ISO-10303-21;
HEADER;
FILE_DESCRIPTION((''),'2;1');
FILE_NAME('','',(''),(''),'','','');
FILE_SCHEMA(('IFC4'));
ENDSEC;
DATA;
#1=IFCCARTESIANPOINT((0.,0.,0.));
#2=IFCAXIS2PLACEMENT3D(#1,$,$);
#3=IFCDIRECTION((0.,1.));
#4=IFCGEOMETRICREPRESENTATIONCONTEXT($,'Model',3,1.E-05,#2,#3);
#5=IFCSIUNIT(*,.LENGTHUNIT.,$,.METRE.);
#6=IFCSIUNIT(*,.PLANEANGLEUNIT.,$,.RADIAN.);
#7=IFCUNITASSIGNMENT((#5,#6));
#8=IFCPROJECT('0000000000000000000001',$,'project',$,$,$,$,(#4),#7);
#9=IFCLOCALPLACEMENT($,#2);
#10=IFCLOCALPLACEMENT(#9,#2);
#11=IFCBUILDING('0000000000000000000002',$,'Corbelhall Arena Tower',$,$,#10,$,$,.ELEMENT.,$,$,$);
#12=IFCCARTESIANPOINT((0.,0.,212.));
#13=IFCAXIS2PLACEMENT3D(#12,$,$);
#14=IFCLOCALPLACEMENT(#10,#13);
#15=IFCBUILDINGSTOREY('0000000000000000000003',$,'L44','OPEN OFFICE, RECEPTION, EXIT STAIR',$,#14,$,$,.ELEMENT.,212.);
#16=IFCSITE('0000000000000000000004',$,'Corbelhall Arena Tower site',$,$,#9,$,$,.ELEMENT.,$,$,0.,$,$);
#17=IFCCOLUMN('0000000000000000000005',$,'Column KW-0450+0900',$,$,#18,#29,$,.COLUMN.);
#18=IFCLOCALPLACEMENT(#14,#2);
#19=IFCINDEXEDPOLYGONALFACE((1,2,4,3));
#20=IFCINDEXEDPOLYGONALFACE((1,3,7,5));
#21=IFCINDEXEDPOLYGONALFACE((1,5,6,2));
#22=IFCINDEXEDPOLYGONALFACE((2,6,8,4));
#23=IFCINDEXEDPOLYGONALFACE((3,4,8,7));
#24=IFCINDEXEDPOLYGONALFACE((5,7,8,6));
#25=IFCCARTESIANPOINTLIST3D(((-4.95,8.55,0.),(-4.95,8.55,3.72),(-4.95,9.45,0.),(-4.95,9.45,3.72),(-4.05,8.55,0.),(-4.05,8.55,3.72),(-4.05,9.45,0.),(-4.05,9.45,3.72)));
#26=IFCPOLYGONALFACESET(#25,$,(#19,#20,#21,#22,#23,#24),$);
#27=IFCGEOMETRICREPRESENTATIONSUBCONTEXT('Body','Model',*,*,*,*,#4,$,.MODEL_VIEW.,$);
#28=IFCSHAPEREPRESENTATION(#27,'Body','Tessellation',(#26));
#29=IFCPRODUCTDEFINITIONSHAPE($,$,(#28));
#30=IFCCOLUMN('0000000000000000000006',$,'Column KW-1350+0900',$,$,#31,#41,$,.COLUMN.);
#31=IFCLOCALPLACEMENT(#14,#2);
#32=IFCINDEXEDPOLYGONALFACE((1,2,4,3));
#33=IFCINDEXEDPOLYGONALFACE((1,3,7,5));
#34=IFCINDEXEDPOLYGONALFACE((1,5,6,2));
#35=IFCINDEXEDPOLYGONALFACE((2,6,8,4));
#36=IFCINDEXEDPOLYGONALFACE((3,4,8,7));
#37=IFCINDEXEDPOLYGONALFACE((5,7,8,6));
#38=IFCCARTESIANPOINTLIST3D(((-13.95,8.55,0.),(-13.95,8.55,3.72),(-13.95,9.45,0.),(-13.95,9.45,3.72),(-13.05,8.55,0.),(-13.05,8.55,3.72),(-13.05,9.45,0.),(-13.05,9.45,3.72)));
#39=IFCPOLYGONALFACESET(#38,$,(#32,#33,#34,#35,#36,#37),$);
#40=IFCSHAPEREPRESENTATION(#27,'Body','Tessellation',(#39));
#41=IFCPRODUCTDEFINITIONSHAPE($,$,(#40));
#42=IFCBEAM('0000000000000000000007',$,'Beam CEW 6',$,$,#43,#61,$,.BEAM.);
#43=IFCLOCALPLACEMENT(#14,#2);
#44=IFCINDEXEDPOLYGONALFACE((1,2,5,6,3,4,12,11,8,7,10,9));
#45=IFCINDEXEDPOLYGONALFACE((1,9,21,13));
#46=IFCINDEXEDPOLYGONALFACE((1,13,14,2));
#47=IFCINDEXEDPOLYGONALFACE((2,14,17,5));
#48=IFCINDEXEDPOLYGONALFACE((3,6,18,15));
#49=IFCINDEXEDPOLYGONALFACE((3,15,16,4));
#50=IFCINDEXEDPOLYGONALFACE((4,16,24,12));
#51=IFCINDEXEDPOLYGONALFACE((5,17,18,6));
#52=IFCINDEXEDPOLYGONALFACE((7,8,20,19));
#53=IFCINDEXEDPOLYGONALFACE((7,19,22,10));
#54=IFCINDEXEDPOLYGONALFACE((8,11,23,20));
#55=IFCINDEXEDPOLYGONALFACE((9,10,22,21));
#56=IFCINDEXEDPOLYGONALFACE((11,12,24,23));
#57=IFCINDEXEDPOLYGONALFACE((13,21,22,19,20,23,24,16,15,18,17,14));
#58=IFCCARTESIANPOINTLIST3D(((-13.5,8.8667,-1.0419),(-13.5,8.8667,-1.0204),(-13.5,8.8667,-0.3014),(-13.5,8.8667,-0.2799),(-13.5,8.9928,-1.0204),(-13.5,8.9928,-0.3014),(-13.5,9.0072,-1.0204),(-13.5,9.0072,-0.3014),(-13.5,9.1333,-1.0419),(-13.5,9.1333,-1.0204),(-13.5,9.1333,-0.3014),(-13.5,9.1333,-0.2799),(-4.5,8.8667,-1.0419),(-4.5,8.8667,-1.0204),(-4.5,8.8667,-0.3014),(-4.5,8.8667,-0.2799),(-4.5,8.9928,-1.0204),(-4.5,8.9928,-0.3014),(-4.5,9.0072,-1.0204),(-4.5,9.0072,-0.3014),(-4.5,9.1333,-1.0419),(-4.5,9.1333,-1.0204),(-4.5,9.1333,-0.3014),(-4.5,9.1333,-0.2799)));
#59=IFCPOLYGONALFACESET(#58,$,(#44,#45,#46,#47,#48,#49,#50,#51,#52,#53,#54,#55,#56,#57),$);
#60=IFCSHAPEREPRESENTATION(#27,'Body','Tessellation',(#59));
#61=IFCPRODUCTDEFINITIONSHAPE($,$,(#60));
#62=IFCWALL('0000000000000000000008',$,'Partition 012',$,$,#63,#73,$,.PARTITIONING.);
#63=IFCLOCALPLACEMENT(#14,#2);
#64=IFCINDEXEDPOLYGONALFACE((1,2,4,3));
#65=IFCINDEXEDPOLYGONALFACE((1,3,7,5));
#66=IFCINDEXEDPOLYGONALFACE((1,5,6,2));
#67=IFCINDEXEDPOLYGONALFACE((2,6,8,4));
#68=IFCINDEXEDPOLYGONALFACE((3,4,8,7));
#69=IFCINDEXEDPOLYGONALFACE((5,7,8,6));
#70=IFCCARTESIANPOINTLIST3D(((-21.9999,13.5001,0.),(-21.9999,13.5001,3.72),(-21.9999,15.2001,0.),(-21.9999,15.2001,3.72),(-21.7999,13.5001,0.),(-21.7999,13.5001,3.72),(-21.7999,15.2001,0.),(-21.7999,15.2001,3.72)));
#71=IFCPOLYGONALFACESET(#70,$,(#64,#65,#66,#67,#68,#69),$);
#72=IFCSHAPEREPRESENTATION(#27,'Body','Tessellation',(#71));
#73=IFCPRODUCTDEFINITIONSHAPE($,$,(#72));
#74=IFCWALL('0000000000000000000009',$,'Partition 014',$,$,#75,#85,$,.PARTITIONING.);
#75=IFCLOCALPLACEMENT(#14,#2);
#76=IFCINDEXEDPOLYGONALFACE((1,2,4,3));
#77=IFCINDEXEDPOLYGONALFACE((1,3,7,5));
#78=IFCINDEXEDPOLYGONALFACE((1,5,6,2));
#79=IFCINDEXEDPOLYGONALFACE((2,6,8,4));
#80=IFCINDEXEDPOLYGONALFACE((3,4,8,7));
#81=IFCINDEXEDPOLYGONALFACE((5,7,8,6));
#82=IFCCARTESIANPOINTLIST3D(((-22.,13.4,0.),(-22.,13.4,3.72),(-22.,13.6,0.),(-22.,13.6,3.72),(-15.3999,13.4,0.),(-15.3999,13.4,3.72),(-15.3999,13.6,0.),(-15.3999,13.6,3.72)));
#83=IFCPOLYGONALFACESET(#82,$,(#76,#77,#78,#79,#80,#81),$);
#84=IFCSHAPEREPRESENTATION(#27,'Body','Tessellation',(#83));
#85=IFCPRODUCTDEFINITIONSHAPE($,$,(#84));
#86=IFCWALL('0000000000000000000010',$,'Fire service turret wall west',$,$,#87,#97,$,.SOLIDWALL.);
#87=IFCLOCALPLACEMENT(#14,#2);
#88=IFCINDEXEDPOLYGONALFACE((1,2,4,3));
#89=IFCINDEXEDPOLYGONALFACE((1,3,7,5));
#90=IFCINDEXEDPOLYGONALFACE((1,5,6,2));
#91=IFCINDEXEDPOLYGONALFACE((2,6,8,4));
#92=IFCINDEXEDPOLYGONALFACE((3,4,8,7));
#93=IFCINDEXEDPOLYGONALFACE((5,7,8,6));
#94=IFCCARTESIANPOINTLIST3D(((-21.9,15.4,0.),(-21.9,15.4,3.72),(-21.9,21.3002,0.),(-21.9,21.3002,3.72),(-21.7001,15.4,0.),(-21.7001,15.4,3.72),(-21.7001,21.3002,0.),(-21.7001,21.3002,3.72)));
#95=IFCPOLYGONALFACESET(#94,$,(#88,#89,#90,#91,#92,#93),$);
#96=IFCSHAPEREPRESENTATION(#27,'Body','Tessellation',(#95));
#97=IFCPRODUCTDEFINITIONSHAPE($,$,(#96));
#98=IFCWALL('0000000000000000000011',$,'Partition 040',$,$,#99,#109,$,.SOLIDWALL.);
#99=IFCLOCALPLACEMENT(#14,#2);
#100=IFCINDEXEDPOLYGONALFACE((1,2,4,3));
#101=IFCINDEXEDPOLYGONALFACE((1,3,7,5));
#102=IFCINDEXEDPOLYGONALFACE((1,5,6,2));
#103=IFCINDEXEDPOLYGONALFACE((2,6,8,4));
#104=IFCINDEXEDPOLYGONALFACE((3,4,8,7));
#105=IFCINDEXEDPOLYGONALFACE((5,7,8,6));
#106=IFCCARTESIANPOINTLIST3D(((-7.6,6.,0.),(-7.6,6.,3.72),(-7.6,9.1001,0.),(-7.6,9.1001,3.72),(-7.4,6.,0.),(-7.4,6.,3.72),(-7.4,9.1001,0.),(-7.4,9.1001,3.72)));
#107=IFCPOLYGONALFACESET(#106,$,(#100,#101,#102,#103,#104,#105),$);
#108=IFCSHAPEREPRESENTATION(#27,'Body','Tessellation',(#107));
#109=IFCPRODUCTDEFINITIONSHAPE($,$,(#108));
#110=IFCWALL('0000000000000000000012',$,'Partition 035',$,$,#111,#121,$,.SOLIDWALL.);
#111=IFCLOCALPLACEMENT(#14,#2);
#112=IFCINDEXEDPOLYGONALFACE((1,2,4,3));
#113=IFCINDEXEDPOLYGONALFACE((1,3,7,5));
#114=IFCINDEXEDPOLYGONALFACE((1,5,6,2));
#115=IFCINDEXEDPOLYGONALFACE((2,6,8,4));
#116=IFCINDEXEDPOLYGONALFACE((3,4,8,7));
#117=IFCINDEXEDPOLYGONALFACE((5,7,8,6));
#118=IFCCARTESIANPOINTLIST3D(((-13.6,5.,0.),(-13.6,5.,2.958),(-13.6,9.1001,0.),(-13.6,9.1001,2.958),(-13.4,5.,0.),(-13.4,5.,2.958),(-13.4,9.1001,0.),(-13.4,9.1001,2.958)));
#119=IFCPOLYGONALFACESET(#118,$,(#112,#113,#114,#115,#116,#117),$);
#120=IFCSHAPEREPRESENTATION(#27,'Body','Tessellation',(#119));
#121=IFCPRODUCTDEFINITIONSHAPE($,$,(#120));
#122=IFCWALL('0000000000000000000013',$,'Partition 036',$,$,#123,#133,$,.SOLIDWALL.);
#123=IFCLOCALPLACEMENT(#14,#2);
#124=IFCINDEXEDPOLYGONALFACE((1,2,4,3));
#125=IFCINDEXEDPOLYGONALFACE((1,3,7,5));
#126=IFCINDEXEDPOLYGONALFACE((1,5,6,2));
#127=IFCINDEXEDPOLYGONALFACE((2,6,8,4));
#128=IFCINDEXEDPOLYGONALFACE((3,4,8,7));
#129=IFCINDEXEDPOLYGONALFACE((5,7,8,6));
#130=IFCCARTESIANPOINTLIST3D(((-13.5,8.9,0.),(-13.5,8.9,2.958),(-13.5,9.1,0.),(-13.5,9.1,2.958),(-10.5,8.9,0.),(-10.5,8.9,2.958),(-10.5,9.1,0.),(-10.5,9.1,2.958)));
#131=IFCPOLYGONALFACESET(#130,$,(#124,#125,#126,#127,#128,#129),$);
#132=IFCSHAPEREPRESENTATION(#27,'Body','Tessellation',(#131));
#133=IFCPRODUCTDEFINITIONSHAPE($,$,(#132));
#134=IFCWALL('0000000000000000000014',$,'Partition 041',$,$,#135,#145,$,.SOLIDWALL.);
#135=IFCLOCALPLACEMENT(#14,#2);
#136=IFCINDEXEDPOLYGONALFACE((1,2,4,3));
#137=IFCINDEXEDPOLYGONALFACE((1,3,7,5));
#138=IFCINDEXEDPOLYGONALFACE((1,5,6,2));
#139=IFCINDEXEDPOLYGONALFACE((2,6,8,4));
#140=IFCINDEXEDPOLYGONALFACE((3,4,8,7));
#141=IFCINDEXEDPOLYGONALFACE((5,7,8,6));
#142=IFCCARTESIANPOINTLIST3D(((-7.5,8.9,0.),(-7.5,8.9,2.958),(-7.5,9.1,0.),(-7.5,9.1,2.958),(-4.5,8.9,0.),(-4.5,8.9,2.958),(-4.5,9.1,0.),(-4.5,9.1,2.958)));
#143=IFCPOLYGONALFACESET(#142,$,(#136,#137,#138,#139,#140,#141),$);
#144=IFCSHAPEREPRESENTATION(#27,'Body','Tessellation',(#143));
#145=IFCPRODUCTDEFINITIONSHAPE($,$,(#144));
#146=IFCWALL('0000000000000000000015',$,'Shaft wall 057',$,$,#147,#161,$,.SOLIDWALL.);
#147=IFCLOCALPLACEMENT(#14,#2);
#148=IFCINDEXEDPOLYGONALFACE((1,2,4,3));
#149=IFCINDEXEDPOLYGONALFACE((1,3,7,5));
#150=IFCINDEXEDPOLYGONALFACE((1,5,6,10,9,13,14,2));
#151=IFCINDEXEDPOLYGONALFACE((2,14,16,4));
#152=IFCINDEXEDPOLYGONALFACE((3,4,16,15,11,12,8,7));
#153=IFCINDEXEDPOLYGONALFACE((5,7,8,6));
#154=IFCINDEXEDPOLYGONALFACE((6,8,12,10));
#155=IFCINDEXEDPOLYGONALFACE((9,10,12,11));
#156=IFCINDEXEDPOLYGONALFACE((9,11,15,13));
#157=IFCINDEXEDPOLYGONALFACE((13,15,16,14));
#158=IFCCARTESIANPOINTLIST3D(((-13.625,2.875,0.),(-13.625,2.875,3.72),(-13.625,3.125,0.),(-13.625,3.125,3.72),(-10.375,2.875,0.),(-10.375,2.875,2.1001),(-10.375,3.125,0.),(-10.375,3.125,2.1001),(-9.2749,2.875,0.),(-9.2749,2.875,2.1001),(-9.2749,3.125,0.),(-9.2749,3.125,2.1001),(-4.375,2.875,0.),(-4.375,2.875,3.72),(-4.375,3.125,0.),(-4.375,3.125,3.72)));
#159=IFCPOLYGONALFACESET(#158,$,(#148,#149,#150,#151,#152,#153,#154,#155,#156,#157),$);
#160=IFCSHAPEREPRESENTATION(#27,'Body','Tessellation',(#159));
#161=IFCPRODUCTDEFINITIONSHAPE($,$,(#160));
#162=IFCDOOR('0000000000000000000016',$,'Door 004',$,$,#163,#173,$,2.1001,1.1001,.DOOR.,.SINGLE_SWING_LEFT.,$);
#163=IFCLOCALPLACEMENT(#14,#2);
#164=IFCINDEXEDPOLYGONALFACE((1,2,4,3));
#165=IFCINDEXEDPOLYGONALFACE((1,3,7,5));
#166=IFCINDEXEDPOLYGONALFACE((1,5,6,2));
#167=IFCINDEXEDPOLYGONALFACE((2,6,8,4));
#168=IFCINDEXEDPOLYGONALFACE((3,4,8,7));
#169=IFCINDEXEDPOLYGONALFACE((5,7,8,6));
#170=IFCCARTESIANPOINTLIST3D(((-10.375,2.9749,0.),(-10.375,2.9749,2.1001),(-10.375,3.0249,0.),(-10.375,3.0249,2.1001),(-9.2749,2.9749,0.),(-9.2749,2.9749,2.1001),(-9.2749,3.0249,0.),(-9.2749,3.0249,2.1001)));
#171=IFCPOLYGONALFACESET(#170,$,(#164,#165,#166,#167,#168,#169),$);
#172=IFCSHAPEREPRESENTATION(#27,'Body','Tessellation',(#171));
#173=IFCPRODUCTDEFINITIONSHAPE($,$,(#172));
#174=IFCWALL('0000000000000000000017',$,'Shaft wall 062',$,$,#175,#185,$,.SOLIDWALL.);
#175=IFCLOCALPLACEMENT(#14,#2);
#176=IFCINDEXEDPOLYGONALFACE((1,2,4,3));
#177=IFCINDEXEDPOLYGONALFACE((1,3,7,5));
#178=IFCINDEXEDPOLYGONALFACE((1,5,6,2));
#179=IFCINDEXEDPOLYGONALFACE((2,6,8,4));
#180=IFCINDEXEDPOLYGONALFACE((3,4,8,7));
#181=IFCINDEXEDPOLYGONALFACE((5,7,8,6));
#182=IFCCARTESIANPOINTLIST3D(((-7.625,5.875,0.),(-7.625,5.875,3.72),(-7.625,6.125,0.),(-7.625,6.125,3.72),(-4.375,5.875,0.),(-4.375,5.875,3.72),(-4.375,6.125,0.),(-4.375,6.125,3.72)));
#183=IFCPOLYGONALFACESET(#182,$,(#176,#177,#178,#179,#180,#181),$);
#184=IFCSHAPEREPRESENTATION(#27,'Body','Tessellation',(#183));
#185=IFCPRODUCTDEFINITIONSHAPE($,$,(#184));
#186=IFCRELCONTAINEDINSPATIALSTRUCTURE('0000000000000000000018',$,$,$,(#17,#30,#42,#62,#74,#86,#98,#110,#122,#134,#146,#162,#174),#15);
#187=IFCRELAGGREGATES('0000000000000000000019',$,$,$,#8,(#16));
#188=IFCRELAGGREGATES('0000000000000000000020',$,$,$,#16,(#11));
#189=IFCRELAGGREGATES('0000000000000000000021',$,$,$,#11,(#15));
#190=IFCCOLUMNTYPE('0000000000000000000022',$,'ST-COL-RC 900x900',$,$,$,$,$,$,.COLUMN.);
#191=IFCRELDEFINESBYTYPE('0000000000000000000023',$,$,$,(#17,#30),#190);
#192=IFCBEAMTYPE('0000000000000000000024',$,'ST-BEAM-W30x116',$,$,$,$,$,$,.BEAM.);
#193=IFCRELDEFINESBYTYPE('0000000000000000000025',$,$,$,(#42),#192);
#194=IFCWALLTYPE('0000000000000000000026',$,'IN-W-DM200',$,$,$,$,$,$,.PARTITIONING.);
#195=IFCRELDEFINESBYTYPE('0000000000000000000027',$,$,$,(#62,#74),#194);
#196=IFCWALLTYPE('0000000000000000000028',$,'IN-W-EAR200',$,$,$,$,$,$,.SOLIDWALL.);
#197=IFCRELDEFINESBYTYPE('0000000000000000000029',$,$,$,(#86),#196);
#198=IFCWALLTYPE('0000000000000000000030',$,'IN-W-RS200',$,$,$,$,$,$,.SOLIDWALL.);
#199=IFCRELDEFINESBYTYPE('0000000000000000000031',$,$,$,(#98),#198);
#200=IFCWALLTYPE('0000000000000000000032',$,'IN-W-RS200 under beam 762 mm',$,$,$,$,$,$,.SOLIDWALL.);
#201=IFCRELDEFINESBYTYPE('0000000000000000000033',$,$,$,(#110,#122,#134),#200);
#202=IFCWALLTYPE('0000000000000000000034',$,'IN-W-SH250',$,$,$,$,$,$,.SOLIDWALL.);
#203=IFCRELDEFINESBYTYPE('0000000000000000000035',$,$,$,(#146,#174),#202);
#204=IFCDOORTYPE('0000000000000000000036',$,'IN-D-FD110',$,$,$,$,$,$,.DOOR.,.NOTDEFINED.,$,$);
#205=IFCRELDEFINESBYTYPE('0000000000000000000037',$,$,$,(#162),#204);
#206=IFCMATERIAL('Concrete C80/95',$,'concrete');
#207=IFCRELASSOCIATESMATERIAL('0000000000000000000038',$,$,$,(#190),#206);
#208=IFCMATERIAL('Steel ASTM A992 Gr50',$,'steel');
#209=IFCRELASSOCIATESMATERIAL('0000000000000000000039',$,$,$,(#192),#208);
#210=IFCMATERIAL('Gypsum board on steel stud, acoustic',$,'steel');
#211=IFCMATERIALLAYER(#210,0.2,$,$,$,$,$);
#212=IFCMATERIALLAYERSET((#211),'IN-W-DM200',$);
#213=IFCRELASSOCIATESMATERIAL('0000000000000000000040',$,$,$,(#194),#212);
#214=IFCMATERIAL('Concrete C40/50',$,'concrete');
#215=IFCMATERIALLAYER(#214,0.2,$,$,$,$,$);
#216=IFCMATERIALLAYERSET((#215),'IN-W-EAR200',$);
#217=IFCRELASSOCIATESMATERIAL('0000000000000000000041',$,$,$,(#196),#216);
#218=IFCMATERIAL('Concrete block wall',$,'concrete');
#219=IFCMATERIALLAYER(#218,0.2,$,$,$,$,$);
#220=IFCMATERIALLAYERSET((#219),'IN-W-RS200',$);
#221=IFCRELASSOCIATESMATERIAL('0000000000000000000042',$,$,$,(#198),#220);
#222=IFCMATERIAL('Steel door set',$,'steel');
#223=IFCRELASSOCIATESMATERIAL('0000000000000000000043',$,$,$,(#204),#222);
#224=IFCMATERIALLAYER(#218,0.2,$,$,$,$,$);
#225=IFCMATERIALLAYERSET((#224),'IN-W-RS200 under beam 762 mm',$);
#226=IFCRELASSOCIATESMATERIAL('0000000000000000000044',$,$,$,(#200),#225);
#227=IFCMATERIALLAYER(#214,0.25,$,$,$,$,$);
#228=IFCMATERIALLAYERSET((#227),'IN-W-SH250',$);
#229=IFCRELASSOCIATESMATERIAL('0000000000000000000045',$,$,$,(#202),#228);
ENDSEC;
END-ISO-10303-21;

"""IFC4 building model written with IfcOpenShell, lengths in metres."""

from ifc_helpers import new_model, si_unit, direction, frame, frame_2d, origin, origin_2d, place, context, subcontext, project, spatial, rectangle, i_section, extrude, material, layer, layer_set, material_profile, profile_set, type_object, element, fill, save


model = new_model("IFC4")

# Units and contexts
model_context = context("Model", 3, precision=1e-05, world=origin(), true_north=direction((0.0, 1.0)))
body_context = subcontext(model_context, "Body", "Model", "MODEL_VIEW")
ifc_project = project(units=[si_unit("LENGTHUNIT", "METRE"), si_unit("PLANEANGLEUNIT", "RADIAN")], contexts=[model_context])

# Site, building, storey
site_placement = place(None, origin())
site = spatial("IfcSite", under=ifc_project, at=site_placement, Name="Corbelhall Arena Tower site", CompositionType="ELEMENT", RefElevation=0.0)
building_placement = place(site_placement, origin())
building = spatial("IfcBuilding", under=site, at=building_placement, Name="Corbelhall Arena Tower", CompositionType="ELEMENT")
storey_placement = place(building_placement, frame((0.0, 0.0, 212.0)))
storey = spatial("IfcBuildingStorey", under=building, at=storey_placement, Name="L44", Description="OPEN OFFICE, RECEPTION, EXIT STAIR", CompositionType="ELEMENT", Elevation=212.0)

# Columns
ifc_material_1 = material(Name="Concrete C80/95", Category="concrete")
ifc_material_profile_1 = material_profile(ifc_material_1, rectangle(XDim=0.8999, YDim=0.8999, at=origin_2d()))
ifc_profile_set_1 = profile_set([ifc_material_profile_1], Name="Concrete C80/95")
column_type = type_object("IfcColumnType", Name="ST-COL-RC 900x900", PredefinedType="COLUMN", material=ifc_profile_set_1)
for number, where, z_axis, x_axis, name in (
    (1, (-4.5, 9.0, 0.0), (0.0, 0.0, 1.0), (1.0, 0.0, 0.0), "Column KW-0450+0900"),
    (2, (-13.5, 9.0, 0.0), (0.0, 0.0, 1.0), (1.0, 0.0, 0.0), "Column KW-1350+0900"),
):
    element("IfcColumn", number, at=place(storey_placement, frame(where, z_axis=z_axis, x_axis=x_axis)), inside=storey, type_object=column_type, Name=name, PredefinedType="COLUMN", context=body_context, shape_type="SweptSolid", body=[
        extrude(rectangle(XDim=0.8999, YDim=0.8999, at=origin_2d()), origin(), (0.0, 0.0, 1.0), 3.72),
    ])

# Beam
ifc_material_2 = material(Name="Steel ASTM A992 Gr50", Category="steel")
ifc_material_profile_2 = material_profile(ifc_material_2, i_section(OverallWidth=0.2666, OverallDepth=0.762, WebThickness=0.0144, FlangeThickness=0.0215, at=origin_2d()))
ifc_profile_set_2 = profile_set([ifc_material_profile_2], Name="Steel ASTM A992 Gr50")
beam_type = type_object("IfcBeamType", Name="ST-BEAM-W30x116", PredefinedType="BEAM", material=ifc_profile_set_2)
beam_placement = place(storey_placement, frame((-13.5, 9.0, -0.6609), z_axis=(1.0, 0.0, 0.0), x_axis=(0.0, 1.0, 0.0)))
element("IfcBeam", 3, at=beam_placement, inside=storey, type_object=beam_type, Name="Beam CEW 6", PredefinedType="BEAM", context=body_context, shape_type="SweptSolid", body=[
    extrude(i_section(OverallWidth=0.2666, OverallDepth=0.762, WebThickness=0.0144, FlangeThickness=0.0215, at=origin_2d()), origin(), (0.0, 0.0, 1.0), 9.0),
])

# Shared definitions
ifc_material_3 = material(Name="Gypsum board on steel stud, acoustic", Category="steel")
ifc_layer_1 = layer(ifc_material_3, 0.2)
ifc_layer_set_1 = layer_set([ifc_layer_1], Name="IN-W-DM200")
wall_type_1 = type_object("IfcWallType", Name="IN-W-DM200", PredefinedType="PARTITIONING", material=ifc_layer_set_1)
ifc_material_4 = material(Name="Steel door set", Category="steel")

# Wall
wall_1_placement = place(storey_placement, frame((-21.8999, 13.5, 0.0), z_axis=(0.0, 0.0, 1.0), x_axis=(0.0, 1.0, 0.0)))
element("IfcWall", 4, at=wall_1_placement, inside=storey, type_object=wall_type_1, Name="Partition 012", PredefinedType="PARTITIONING", context=body_context, shape_type="SweptSolid", body=[
    extrude(rectangle(XDim=1.7, YDim=0.2, at=frame_2d((0.8501, 0.0))), origin(), (0.0, 0.0, 1.0), 3.72),
])

# Wall
wall_2_placement = place(storey_placement, frame((-15.3999, 13.5, 0.0), z_axis=(0.0, 0.0, 1.0), x_axis=(-1.0, 0.0, 0.0)))
element("IfcWall", 5, at=wall_2_placement, inside=storey, type_object=wall_type_1, Name="Partition 014", PredefinedType="PARTITIONING", context=body_context, shape_type="SweptSolid", body=[
    extrude(rectangle(XDim=6.6001, YDim=0.2, at=frame_2d((3.3, 0.0))), origin(), (0.0, 0.0, 1.0), 3.72),
])

# Shared definitions
ifc_material_5 = material(Name="Concrete C40/50", Category="concrete")
ifc_layer_2 = layer(ifc_material_5, 0.2)
ifc_layer_set_2 = layer_set([ifc_layer_2], Name="IN-W-EAR200")
wall_type_2 = type_object("IfcWallType", Name="IN-W-EAR200", PredefinedType="SOLIDWALL", material=ifc_layer_set_2)

# Wall
wall_3_placement = place(storey_placement, frame((-21.8, 15.3999, 0.0), z_axis=(0.0, 0.0, 1.0), x_axis=(0.0, 1.0, 0.0)))
element("IfcWall", 6, at=wall_3_placement, inside=storey, type_object=wall_type_2, Name="Fire service turret wall west", PredefinedType="SOLIDWALL", context=body_context, shape_type="SweptSolid", body=[
    extrude(rectangle(XDim=5.9001, YDim=0.2, at=frame_2d((2.9502, 0.0))), origin(), (0.0, 0.0, 1.0), 3.72),
])

# Shared definitions
ifc_material_6 = material(Name="Concrete block wall", Category="concrete")
ifc_layer_3 = layer(ifc_material_6, 0.2)
ifc_layer_set_3 = layer_set([ifc_layer_3], Name="IN-W-RS200")
wall_type_3 = type_object("IfcWallType", Name="IN-W-RS200", PredefinedType="SOLIDWALL", material=ifc_layer_set_3)
door_type_1 = type_object("IfcDoorType", Name="IN-D-FD110", OperationType="NOTDEFINED", PredefinedType="DOOR", material=ifc_material_4)

# Walls
wall_4_placement = place(storey_placement, frame((-7.5, 6.0, 0.0), z_axis=(0.0, 0.0, 1.0), x_axis=(0.0, 1.0, 0.0)))
element("IfcWall", 7, at=wall_4_placement, inside=storey, type_object=wall_type_3, Name="Partition 040", PredefinedType="SOLIDWALL", context=body_context, shape_type="SweptSolid", body=[
    extrude(rectangle(XDim=3.1001, YDim=0.2, at=frame_2d((1.55, 0.0))), origin(), (0.0, 0.0, 1.0), 3.72),
])
ifc_layer_4 = layer(ifc_material_6, 0.2)
ifc_layer_set_4 = layer_set([ifc_layer_4], Name="IN-W-RS200 under beam 762 mm")
wall_type_4 = type_object("IfcWallType", Name="IN-W-RS200 under beam 762 mm", PredefinedType="SOLIDWALL", material=ifc_layer_set_4)
wall_5_placement = place(storey_placement, frame((-13.5, 5.0, 0.0), z_axis=(0.0, 0.0, 1.0), x_axis=(0.0, 1.0, 0.0)))
element("IfcWall", 8, at=wall_5_placement, inside=storey, type_object=wall_type_4, Name="Partition 035", PredefinedType="SOLIDWALL", context=body_context, shape_type="SweptSolid", body=[
    extrude(rectangle(XDim=4.1001, YDim=0.2, at=frame_2d((2.05, 0.0))), origin(), (0.0, 0.0, 1.0), 2.958),
])
for number, where, z_axis, x_axis, name in (
    (9, (-13.5, 9.0, 0.0), (0.0, 0.0, 1.0), (1.0, 0.0, 0.0), "Partition 036"),
    (10, (-7.5, 9.0, 0.0), (0.0, 0.0, 1.0), (1.0, 0.0, 0.0), "Partition 041"),
):
    element("IfcWall", number, at=place(storey_placement, frame(where, z_axis=z_axis, x_axis=x_axis)), inside=storey, type_object=wall_type_4, Name=name, PredefinedType="SOLIDWALL", context=body_context, shape_type="SweptSolid", body=[
        extrude(rectangle(XDim=3.0, YDim=0.2, at=frame_2d((1.5, 0.0))), origin(), (0.0, 0.0, 1.0), 2.958),
    ])

# Wall, opening, door
ifc_layer_5 = layer(ifc_material_5, 0.25)
ifc_layer_set_5 = layer_set([ifc_layer_5], Name="IN-W-SH250")
wall_type_5 = type_object("IfcWallType", Name="IN-W-SH250", PredefinedType="SOLIDWALL", material=ifc_layer_set_5)
wall_6_placement = place(storey_placement, frame((-13.625, 3.0, 0.0), z_axis=(0.0, 0.0, 1.0), x_axis=(1.0, 0.0, 0.0)))
wall_6 = element("IfcWall", 11, at=wall_6_placement, inside=storey, type_object=wall_type_5, Name="Shaft wall 057", PredefinedType="SOLIDWALL", context=body_context, shape_type="SweptSolid", body=[
    extrude(rectangle(XDim=9.25, YDim=0.25, at=frame_2d((4.625, 0.0))), origin(), (0.0, 0.0, 1.0), 3.72),
])
opening_1_placement = place(wall_6_placement, frame((3.25, 0.0, 0.0)))
opening_1 = element("IfcOpeningElement", 12, at=opening_1_placement, cuts=wall_6, PredefinedType="OPENING", context=body_context, shape_type="SweptSolid", body=[
    extrude(rectangle(XDim=1.1001, YDim=2.1001, at=frame_2d((0.55, 1.05))), frame((0.0, 0.125, 0.0), z_axis=(0.0, -1.0, 0.0), x_axis=(1.0, 0.0, 0.0)), (0.0, 0.0, 1.0), 0.25),
])
door_1_placement = place(opening_1_placement, origin())
door_1 = element("IfcDoor", 13, at=door_1_placement, inside=storey, type_object=door_type_1, Name="Door 004", OperationType="SINGLE_SWING_LEFT", OverallHeight=2.1001, OverallWidth=1.1001, PredefinedType="DOOR", context=body_context, shape_type="SweptSolid", body=[
    extrude(rectangle(XDim=1.1001, YDim=2.1001, at=frame_2d((0.55, 1.05))), frame((0.0, 0.0249, 0.0), z_axis=(0.0, -1.0, 0.0), x_axis=(1.0, 0.0, 0.0)), (0.0, 0.0, 1.0), 0.05),
])
fill(opening_1, door_1)

# Wall
wall_7_placement = place(storey_placement, frame((-7.625, 6.0, 0.0), z_axis=(0.0, 0.0, 1.0), x_axis=(1.0, 0.0, 0.0)))
element("IfcWall", 14, at=wall_7_placement, inside=storey, type_object=wall_type_5, Name="Shaft wall 062", PredefinedType="SOLIDWALL", context=body_context, shape_type="SweptSolid", body=[
    extrude(rectangle(XDim=3.25, YDim=0.25, at=frame_2d((1.625, 0.0))), origin(), (0.0, 0.0, 1.0), 3.72),
])

save(model, "model.ifc")
